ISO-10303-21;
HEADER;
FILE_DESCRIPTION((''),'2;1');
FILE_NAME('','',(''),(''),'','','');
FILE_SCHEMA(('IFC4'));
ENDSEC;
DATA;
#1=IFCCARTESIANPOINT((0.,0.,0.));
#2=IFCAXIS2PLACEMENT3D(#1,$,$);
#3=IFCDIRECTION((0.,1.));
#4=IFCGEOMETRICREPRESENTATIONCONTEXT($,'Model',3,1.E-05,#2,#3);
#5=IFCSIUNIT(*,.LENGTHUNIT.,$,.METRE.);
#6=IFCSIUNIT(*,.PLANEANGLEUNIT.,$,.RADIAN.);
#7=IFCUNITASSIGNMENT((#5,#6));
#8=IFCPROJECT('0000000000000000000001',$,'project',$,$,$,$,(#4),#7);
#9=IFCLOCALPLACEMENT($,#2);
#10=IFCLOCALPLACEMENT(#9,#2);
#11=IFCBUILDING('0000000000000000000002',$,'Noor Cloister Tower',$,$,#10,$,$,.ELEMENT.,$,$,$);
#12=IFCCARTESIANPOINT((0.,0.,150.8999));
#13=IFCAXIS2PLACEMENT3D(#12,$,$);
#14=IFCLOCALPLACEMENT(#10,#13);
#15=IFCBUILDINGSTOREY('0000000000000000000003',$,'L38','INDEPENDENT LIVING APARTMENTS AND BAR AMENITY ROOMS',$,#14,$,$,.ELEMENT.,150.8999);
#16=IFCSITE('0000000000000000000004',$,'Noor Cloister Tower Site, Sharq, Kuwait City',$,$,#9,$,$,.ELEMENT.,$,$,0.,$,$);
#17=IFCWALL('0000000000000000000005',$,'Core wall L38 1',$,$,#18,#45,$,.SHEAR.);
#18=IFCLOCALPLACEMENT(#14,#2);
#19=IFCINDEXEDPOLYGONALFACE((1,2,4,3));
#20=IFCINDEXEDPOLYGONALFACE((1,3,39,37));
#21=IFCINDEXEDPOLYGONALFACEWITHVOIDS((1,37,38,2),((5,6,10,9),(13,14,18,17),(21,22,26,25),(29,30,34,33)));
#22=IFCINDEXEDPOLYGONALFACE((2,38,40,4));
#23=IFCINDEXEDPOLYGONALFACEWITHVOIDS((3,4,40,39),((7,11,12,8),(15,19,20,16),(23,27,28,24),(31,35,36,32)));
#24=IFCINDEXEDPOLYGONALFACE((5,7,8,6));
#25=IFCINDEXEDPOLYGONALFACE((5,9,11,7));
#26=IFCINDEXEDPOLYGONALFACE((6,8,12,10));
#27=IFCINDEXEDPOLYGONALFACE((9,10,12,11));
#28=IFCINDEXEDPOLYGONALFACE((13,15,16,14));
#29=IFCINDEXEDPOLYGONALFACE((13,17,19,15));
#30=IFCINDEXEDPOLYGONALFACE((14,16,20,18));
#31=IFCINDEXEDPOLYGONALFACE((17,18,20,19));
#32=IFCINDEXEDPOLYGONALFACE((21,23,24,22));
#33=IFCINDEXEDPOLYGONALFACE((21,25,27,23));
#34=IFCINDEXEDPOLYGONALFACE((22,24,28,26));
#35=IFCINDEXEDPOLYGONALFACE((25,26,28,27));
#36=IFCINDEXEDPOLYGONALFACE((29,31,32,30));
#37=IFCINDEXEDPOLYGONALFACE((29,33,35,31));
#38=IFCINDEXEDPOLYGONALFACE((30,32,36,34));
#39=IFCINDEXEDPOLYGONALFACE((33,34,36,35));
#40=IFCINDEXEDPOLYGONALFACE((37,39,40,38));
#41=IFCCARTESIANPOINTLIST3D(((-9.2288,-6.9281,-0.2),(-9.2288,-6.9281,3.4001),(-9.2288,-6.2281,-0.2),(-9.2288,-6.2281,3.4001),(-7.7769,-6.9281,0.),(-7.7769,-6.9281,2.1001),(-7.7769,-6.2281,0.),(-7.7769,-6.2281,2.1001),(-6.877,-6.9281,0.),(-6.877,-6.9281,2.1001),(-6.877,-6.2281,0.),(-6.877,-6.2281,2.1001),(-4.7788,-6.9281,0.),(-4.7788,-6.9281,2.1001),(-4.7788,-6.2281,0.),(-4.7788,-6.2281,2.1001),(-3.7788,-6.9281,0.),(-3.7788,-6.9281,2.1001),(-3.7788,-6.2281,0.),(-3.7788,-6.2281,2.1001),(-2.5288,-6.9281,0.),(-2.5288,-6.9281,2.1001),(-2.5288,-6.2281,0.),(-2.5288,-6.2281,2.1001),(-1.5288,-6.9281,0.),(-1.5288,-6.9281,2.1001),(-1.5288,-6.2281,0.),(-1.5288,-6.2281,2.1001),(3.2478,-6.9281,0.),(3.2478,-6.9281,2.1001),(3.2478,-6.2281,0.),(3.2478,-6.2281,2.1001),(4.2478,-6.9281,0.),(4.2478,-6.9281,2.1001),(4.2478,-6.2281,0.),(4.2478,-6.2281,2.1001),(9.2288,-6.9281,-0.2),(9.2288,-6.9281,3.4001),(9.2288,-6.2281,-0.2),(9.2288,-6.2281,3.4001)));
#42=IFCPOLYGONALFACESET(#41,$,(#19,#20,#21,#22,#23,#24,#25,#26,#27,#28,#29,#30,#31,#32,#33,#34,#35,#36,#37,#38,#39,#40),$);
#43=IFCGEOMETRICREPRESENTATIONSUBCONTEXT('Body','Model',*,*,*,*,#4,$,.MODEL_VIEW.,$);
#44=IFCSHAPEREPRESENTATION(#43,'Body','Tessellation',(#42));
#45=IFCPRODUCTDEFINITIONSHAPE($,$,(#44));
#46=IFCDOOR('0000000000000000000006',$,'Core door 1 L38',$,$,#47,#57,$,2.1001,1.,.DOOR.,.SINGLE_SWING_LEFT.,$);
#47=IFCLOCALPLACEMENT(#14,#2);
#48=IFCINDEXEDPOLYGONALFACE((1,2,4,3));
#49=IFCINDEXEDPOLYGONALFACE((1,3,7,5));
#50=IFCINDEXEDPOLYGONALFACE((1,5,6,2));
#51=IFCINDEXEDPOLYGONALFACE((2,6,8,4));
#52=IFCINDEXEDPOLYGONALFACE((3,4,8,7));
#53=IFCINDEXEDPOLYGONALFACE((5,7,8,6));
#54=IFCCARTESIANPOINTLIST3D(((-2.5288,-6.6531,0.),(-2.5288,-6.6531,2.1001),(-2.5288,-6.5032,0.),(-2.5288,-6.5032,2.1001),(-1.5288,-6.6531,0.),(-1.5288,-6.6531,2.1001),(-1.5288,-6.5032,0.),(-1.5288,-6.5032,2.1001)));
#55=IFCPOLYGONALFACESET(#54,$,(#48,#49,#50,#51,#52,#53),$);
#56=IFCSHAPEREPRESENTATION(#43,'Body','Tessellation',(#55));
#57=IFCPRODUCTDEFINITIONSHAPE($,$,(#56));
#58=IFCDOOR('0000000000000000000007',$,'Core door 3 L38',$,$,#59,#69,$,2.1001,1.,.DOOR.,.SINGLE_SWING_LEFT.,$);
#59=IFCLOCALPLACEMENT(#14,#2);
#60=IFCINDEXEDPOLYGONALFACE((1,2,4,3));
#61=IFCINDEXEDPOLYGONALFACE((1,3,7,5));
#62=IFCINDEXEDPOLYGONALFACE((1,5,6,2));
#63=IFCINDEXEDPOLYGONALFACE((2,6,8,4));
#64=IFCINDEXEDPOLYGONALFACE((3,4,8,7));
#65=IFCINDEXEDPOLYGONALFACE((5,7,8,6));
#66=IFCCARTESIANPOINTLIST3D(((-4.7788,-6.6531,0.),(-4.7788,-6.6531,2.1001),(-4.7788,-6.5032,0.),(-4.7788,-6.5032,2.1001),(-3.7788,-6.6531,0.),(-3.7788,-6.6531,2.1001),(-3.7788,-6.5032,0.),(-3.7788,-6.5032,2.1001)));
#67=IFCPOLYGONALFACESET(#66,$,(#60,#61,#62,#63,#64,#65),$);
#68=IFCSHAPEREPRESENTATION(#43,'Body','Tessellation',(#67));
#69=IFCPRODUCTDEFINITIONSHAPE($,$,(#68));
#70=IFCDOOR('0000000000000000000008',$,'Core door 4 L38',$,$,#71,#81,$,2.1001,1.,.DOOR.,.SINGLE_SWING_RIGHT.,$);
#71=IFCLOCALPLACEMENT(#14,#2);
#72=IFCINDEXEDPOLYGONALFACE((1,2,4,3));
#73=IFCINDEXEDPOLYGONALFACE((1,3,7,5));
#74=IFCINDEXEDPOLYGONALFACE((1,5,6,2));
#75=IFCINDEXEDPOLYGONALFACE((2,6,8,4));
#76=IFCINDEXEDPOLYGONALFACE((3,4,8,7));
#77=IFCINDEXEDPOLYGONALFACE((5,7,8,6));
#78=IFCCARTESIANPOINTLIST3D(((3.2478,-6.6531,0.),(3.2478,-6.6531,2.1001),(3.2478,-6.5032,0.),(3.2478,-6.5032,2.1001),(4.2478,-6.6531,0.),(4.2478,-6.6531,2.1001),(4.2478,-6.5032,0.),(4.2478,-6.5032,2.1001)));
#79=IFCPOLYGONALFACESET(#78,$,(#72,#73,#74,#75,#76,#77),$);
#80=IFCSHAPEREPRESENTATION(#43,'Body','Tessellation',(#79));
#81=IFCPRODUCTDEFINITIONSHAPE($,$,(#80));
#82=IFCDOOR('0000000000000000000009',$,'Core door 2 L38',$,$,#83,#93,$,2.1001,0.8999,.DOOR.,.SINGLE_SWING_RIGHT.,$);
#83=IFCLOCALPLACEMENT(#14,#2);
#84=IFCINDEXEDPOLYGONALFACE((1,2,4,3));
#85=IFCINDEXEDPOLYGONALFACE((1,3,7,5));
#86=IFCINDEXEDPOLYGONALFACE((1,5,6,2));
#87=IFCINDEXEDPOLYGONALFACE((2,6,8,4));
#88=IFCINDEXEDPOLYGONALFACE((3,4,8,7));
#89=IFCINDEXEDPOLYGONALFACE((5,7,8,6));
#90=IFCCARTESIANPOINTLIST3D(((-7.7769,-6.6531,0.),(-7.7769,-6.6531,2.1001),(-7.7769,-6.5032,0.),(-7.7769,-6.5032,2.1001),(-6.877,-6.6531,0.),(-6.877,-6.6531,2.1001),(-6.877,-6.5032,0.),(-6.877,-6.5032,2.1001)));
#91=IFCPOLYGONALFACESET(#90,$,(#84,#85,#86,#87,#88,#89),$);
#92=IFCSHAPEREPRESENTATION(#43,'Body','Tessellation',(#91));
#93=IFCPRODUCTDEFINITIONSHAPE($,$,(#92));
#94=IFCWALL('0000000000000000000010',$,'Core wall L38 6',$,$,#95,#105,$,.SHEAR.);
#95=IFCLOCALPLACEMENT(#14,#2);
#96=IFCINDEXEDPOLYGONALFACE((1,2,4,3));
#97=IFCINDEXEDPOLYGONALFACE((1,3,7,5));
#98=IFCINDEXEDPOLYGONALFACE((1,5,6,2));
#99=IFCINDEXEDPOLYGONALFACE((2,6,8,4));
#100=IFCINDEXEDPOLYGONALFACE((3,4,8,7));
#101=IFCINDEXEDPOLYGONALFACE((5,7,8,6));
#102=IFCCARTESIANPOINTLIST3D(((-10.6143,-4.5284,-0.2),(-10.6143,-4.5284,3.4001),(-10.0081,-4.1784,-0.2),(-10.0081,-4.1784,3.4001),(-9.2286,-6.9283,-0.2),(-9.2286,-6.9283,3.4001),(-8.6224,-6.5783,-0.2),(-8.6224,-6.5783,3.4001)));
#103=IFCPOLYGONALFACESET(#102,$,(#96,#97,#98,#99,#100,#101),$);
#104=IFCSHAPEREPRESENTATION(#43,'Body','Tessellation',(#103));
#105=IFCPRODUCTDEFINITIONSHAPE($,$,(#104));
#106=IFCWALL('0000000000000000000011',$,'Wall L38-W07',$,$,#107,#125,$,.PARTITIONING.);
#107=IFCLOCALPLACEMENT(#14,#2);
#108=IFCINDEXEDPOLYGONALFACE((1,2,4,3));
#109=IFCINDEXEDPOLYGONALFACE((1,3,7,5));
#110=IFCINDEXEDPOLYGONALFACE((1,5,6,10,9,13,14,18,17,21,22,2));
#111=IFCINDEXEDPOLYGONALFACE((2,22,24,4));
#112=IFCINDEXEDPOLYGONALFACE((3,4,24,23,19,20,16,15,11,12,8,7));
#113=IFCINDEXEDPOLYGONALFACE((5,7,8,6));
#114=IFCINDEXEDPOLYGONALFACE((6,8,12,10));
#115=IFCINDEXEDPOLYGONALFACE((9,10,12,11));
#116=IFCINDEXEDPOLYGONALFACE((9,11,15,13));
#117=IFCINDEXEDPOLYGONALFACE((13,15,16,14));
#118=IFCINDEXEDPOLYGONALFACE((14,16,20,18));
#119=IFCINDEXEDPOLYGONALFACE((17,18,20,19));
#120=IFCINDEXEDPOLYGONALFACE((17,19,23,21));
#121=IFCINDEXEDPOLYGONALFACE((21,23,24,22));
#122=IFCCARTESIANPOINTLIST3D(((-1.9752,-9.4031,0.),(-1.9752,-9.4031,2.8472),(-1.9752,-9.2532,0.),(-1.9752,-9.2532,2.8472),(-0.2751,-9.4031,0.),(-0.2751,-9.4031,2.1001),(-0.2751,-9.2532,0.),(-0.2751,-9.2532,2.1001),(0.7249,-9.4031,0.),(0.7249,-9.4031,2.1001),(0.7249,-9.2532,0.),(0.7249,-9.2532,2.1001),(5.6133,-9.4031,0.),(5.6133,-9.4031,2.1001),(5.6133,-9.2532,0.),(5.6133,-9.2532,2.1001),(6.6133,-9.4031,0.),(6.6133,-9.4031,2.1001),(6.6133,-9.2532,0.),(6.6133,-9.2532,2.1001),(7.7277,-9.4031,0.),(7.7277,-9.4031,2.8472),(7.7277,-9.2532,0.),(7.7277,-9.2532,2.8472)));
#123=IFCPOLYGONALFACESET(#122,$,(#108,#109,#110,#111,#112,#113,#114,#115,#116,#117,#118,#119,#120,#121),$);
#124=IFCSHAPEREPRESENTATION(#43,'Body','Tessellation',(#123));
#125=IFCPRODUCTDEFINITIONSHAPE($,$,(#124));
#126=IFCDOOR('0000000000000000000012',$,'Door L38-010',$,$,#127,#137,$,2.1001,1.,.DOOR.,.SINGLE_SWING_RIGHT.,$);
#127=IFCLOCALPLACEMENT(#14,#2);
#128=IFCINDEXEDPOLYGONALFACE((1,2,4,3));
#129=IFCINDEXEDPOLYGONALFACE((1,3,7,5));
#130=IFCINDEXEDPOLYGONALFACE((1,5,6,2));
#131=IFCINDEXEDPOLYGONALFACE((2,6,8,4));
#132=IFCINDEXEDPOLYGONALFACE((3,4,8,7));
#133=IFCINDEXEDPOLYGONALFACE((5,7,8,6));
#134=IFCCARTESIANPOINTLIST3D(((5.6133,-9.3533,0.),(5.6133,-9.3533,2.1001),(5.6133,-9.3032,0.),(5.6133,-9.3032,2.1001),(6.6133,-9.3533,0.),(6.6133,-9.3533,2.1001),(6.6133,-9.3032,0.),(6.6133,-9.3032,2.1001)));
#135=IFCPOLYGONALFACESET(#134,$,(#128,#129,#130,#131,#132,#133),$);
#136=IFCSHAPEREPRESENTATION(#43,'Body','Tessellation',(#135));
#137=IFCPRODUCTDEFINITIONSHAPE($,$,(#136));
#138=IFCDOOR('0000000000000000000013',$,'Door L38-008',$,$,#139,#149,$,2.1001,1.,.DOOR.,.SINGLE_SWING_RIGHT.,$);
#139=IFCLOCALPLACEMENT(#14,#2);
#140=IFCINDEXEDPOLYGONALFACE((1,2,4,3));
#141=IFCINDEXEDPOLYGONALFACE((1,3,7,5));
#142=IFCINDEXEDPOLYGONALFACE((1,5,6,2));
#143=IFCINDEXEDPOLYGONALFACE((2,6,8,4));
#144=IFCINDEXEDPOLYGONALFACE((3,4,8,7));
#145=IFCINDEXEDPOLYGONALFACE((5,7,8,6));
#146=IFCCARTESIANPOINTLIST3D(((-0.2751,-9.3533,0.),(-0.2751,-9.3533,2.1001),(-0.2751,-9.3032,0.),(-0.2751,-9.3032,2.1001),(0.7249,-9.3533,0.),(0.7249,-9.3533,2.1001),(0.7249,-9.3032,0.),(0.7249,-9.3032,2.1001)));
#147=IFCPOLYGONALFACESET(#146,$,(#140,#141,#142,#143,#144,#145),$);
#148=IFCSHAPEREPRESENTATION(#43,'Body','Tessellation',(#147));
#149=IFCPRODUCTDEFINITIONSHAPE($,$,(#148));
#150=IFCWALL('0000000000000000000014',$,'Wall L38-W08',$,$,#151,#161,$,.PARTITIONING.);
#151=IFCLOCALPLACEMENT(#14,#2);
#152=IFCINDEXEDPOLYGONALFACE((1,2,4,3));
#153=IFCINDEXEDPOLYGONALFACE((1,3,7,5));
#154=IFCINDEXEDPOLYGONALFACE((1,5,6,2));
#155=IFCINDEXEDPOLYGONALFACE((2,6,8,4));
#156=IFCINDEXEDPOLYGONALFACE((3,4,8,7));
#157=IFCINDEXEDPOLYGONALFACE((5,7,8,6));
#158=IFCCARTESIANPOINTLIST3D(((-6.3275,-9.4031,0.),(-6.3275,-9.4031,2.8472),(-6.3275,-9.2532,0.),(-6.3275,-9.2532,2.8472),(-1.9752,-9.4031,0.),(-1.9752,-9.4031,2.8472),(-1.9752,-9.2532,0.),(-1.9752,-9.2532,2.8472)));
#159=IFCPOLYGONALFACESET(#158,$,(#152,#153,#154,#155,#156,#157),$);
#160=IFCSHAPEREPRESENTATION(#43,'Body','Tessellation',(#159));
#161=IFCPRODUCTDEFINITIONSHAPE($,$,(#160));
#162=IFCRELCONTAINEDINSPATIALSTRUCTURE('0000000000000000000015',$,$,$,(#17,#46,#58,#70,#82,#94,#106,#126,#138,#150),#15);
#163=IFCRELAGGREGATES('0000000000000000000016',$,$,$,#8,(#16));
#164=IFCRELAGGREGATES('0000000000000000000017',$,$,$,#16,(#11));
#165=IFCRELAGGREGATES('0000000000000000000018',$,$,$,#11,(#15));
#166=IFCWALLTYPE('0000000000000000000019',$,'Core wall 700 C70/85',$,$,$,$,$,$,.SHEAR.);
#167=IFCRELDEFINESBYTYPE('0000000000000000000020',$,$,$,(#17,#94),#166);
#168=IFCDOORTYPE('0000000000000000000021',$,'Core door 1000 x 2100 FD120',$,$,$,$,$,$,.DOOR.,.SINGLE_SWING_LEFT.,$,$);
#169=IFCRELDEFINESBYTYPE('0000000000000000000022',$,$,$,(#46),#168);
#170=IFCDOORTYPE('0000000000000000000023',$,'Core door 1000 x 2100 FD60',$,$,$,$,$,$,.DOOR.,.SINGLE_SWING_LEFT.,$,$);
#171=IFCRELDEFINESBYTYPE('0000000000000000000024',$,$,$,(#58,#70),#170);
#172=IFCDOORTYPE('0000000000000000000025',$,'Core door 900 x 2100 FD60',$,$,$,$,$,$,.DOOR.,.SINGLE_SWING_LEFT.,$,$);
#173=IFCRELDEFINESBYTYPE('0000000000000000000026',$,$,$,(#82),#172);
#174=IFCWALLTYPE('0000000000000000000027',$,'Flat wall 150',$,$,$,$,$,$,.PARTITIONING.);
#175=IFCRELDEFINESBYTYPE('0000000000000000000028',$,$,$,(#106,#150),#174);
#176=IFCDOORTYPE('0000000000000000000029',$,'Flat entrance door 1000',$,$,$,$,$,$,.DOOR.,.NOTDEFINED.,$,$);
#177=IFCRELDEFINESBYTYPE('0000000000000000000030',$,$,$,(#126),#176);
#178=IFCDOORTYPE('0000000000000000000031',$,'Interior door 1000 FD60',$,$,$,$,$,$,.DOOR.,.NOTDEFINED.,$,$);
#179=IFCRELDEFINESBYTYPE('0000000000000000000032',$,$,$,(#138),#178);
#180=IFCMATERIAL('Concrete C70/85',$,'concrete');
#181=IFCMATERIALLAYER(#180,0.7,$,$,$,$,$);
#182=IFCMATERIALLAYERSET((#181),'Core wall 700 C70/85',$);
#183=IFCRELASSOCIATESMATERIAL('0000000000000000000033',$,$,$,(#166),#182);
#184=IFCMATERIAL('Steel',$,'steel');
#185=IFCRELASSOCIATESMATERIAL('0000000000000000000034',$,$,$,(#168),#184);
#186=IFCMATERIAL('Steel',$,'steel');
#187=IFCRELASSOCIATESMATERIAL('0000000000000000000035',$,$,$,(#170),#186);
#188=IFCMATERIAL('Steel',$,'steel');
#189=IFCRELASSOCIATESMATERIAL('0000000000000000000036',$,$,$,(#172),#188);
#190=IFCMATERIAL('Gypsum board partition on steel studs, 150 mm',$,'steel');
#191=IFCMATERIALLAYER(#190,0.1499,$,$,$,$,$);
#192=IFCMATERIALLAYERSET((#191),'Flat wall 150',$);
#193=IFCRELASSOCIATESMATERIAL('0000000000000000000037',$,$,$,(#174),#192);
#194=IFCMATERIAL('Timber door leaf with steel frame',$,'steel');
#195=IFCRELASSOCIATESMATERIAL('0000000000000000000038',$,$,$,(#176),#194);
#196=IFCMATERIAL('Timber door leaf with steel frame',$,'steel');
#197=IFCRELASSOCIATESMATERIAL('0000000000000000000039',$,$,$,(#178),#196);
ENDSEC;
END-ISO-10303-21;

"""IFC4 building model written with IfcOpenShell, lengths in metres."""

from ifc_helpers import new_model, si_unit, direction, frame, frame_2d, origin, place, context, subcontext, project, spatial, rectangle, extrude, material, layer, layer_set, type_object, element, fill, save


model = new_model("IFC4")

# Units and contexts
model_context = context("Model", 3, precision=1e-05, world=origin(), true_north=direction((0.0, 1.0)))
body_context = subcontext(model_context, "Body", "Model", "MODEL_VIEW")
ifc_project = project(units=[si_unit("LENGTHUNIT", "METRE"), si_unit("PLANEANGLEUNIT", "RADIAN")], contexts=[model_context])

# Site, building, storey
site_placement = place(None, origin())
site = spatial("IfcSite", under=ifc_project, at=site_placement, Name="Noor Cloister Tower Site, Sharq, Kuwait City", CompositionType="ELEMENT", RefElevation=0.0)
building_placement = place(site_placement, origin())
building = spatial("IfcBuilding", under=site, at=building_placement, Name="Noor Cloister Tower", CompositionType="ELEMENT")
storey_placement = place(building_placement, frame((0.0, 0.0, 150.8999)))
storey = spatial("IfcBuildingStorey", under=building, at=storey_placement, Name="L38", Description="INDEPENDENT LIVING APARTMENTS AND BAR AMENITY ROOMS", CompositionType="ELEMENT", Elevation=150.8999)

# Wall, openings, doors
ifc_material_1 = material(Name="Concrete C70/85", Category="concrete")
ifc_layer_1 = layer(ifc_material_1, 0.7)
ifc_layer_set_1 = layer_set([ifc_layer_1], Name="Core wall 700 C70/85")
wall_type_1 = type_object("IfcWallType", Name="Core wall 700 C70/85", PredefinedType="SHEAR", material=ifc_layer_set_1)
wall_1_placement = place(storey_placement, frame((-9.2288, -6.5781, -0.2), z_axis=(0.0, 0.0, 1.0), x_axis=(1.0, 0.0, 0.0)))
wall_1 = element("IfcWall", 1, at=wall_1_placement, inside=storey, type_object=wall_type_1, Name="Core wall L38 1", PredefinedType="SHEAR", context=body_context, shape_type="SweptSolid", body=[
    extrude(rectangle(XDim=18.4575, YDim=0.7, at=frame_2d((9.2288, 0.0))), origin(), (0.0, 0.0, 1.0), 3.6001),
])
opening_1_placement = place(wall_1_placement, frame((6.7, 0.0, 0.2)))
opening_1 = element("IfcOpeningElement", 2, at=opening_1_placement, cuts=wall_1, PredefinedType="OPENING", context=body_context, shape_type="SweptSolid", body=[
    extrude(rectangle(XDim=1.0, YDim=2.1001, at=frame_2d((0.5, 1.05))), frame((0.0, 0.3599, 0.0), z_axis=(0.0, -1.0, 0.0), x_axis=(1.0, 0.0, 0.0)), (0.0, 0.0, 1.0), 0.72),
])
opening_2_placement = place(wall_1_placement, frame((1.4519, 0.0, 0.2)))
opening_2 = element("IfcOpeningElement", 3, at=opening_2_placement, cuts=wall_1, PredefinedType="OPENING", context=body_context, shape_type="SweptSolid", body=[
    extrude(rectangle(XDim=0.8999, YDim=2.1001, at=frame_2d((0.45, 1.05))), frame((0.0, 0.3599, 0.0), z_axis=(0.0, -1.0, 0.0), x_axis=(1.0, 0.0, 0.0)), (0.0, 0.0, 1.0), 0.72),
])
opening_3_placement = place(wall_1_placement, frame((4.45, 0.0, 0.2)))
opening_3 = element("IfcOpeningElement", 4, at=opening_3_placement, cuts=wall_1, PredefinedType="OPENING", context=body_context, shape_type="SweptSolid", body=[
    extrude(rectangle(XDim=1.0, YDim=2.1001, at=frame_2d((0.5, 1.05))), frame((0.0, 0.3599, 0.0), z_axis=(0.0, -1.0, 0.0), x_axis=(1.0, 0.0, 0.0)), (0.0, 0.0, 1.0), 0.72),
])
opening_4_placement = place(wall_1_placement, frame((12.4766, 0.0, 0.2)))
opening_4 = element("IfcOpeningElement", 5, at=opening_4_placement, cuts=wall_1, PredefinedType="OPENING", context=body_context, shape_type="SweptSolid", body=[
    extrude(rectangle(XDim=1.0, YDim=2.1001, at=frame_2d((0.5, 1.05))), frame((0.0, 0.3599, 0.0), z_axis=(0.0, -1.0, 0.0), x_axis=(1.0, 0.0, 0.0)), (0.0, 0.0, 1.0), 0.72),
])
ifc_material_2 = material(Name="Steel", Category="steel")
door_type_1 = type_object("IfcDoorType", Name="Core door 1000 x 2100 FD120", OperationType="SINGLE_SWING_LEFT", PredefinedType="DOOR", material=ifc_material_2)
door_1_placement = place(opening_1_placement, origin())
door_1 = element("IfcDoor", 6, at=door_1_placement, inside=storey, type_object=door_type_1, Name="Core door 1 L38", OperationType="SINGLE_SWING_LEFT", OverallHeight=2.1001, OverallWidth=1.0, PredefinedType="DOOR", context=body_context, shape_type="SweptSolid", body=[
    extrude(rectangle(XDim=1.0, YDim=2.1001, at=frame_2d((0.5, 1.05))), frame((0.0, 0.075, 0.0), z_axis=(0.0, -1.0, 0.0), x_axis=(1.0, 0.0, 0.0)), (0.0, 0.0, 1.0), 0.1499),
])
fill(opening_1, door_1)
ifc_material_3 = material(Name="Steel", Category="steel")
door_type_2 = type_object("IfcDoorType", Name="Core door 1000 x 2100 FD60", OperationType="SINGLE_SWING_LEFT", PredefinedType="DOOR", material=ifc_material_3)
door_2_placement = place(opening_3_placement, origin())
door_2 = element("IfcDoor", 7, at=door_2_placement, inside=storey, type_object=door_type_2, Name="Core door 3 L38", OperationType="SINGLE_SWING_LEFT", OverallHeight=2.1001, OverallWidth=1.0, PredefinedType="DOOR", context=body_context, shape_type="SweptSolid", body=[
    extrude(rectangle(XDim=1.0, YDim=2.1001, at=frame_2d((0.5, 1.05))), frame((0.0, 0.075, 0.0), z_axis=(0.0, -1.0, 0.0), x_axis=(1.0, 0.0, 0.0)), (0.0, 0.0, 1.0), 0.1499),
])
fill(opening_3, door_2)
door_3_placement = place(opening_4_placement, origin())
door_3 = element("IfcDoor", 8, at=door_3_placement, inside=storey, type_object=door_type_2, Name="Core door 4 L38", OperationType="SINGLE_SWING_RIGHT", OverallHeight=2.1001, OverallWidth=1.0, PredefinedType="DOOR", context=body_context, shape_type="SweptSolid", body=[
    extrude(rectangle(XDim=1.0, YDim=2.1001, at=frame_2d((0.5, 1.05))), frame((0.0, 0.075, 0.0), z_axis=(0.0, -1.0, 0.0), x_axis=(1.0, 0.0, 0.0)), (0.0, 0.0, 1.0), 0.1499),
])
fill(opening_4, door_3)
ifc_material_4 = material(Name="Steel", Category="steel")
door_type_3 = type_object("IfcDoorType", Name="Core door 900 x 2100 FD60", OperationType="SINGLE_SWING_LEFT", PredefinedType="DOOR", material=ifc_material_4)
door_4_placement = place(opening_2_placement, origin())
door_4 = element("IfcDoor", 9, at=door_4_placement, inside=storey, type_object=door_type_3, Name="Core door 2 L38", OperationType="SINGLE_SWING_RIGHT", OverallHeight=2.1001, OverallWidth=0.8999, PredefinedType="DOOR", context=body_context, shape_type="SweptSolid", body=[
    extrude(rectangle(XDim=0.8999, YDim=2.1001, at=frame_2d((0.45, 1.05))), frame((0.0, 0.075, 0.0), z_axis=(0.0, -1.0, 0.0), x_axis=(1.0, 0.0, 0.0)), (0.0, 0.0, 1.0), 0.1499),
])
fill(opening_2, door_4)

# Wall
wall_2_placement = place(storey_placement, frame((-10.3113, -4.3533, -0.2), z_axis=(0.0, 0.0, 1.0), x_axis=(0.500043, -0.866001, 0.0)))
element("IfcWall", 10, at=wall_2_placement, inside=storey, type_object=wall_type_1, Name="Core wall L38 6", PredefinedType="SHEAR", context=body_context, shape_type="SweptSolid", body=[
    extrude(rectangle(XDim=2.7712, YDim=0.7, at=frame_2d((1.3857, 0.0))), origin(), (0.0, 0.0, 1.0), 3.6001),
])

# Wall, openings, doors
ifc_material_5 = material(Name="Gypsum board partition on steel studs, 150 mm", Category="steel")
ifc_layer_2 = layer(ifc_material_5, 0.1499)
ifc_layer_set_2 = layer_set([ifc_layer_2], Name="Flat wall 150")
wall_type_2 = type_object("IfcWallType", Name="Flat wall 150", PredefinedType="PARTITIONING", material=ifc_layer_set_2)
wall_3_placement = place(storey_placement, frame((-1.9753, -9.3281, 0.0), z_axis=(0.0, 0.0, 1.0), x_axis=(1.0, 0.0, 0.0)))
wall_3 = element("IfcWall", 11, at=wall_3_placement, inside=storey, type_object=wall_type_2, Name="Wall L38-W07", PredefinedType="PARTITIONING", context=body_context, shape_type="SweptSolid", body=[
    extrude(rectangle(XDim=9.7029, YDim=0.1499, at=frame_2d((4.8516, 0.0))), origin(), (0.0, 0.0, 1.0), 2.8472),
])
opening_5_placement = place(wall_3_placement, frame((1.7002, 0.0, 0.0)))
opening_5 = element("IfcOpeningElement", 12, at=opening_5_placement, cuts=wall_3, PredefinedType="OPENING", context=body_context, shape_type="SweptSolid", body=[
    extrude(rectangle(XDim=1.0, YDim=2.1001, at=frame_2d((0.5, 1.05))), frame((0.0, 0.085, 0.0), z_axis=(0.0, -1.0, 0.0), x_axis=(1.0, 0.0, 0.0)), (0.0, 0.0, 1.0), 0.1699),
])
opening_6_placement = place(wall_3_placement, frame((7.5886, 0.0, 0.0)))
opening_6 = element("IfcOpeningElement", 13, at=opening_6_placement, cuts=wall_3, PredefinedType="OPENING", context=body_context, shape_type="SweptSolid", body=[
    extrude(rectangle(XDim=1.0, YDim=2.1001, at=frame_2d((0.5, 1.05))), frame((0.0, 0.085, 0.0), z_axis=(0.0, -1.0, 0.0), x_axis=(1.0, 0.0, 0.0)), (0.0, 0.0, 1.0), 0.1699),
])
ifc_material_6 = material(Name="Timber door leaf with steel frame", Category="steel")
door_type_4 = type_object("IfcDoorType", Name="Flat entrance door 1000", OperationType="NOTDEFINED", PredefinedType="DOOR", material=ifc_material_6)
door_5_placement = place(opening_6_placement, origin())
door_5 = element("IfcDoor", 14, at=door_5_placement, inside=storey, type_object=door_type_4, Name="Door L38-010", OperationType="SINGLE_SWING_RIGHT", OverallHeight=2.1001, OverallWidth=1.0, PredefinedType="DOOR", context=body_context, shape_type="SweptSolid", body=[
    extrude(rectangle(XDim=1.0, YDim=2.1001, at=frame_2d((0.5, 1.05))), frame((0.0, 0.0249, 0.0), z_axis=(0.0, -1.0, 0.0), x_axis=(1.0, 0.0, 0.0)), (0.0, 0.0, 1.0), 0.05),
])
fill(opening_6, door_5)
ifc_material_7 = material(Name="Timber door leaf with steel frame", Category="steel")
door_type_5 = type_object("IfcDoorType", Name="Interior door 1000 FD60", OperationType="NOTDEFINED", PredefinedType="DOOR", material=ifc_material_7)
door_6_placement = place(opening_5_placement, origin())
door_6 = element("IfcDoor", 15, at=door_6_placement, inside=storey, type_object=door_type_5, Name="Door L38-008", OperationType="SINGLE_SWING_RIGHT", OverallHeight=2.1001, OverallWidth=1.0, PredefinedType="DOOR", context=body_context, shape_type="SweptSolid", body=[
    extrude(rectangle(XDim=1.0, YDim=2.1001, at=frame_2d((0.5, 1.05))), frame((0.0, 0.0249, 0.0), z_axis=(0.0, -1.0, 0.0), x_axis=(1.0, 0.0, 0.0)), (0.0, 0.0, 1.0), 0.05),
])
fill(opening_5, door_6)

# Wall
wall_4_placement = place(storey_placement, frame((-6.3276, -9.3281, 0.0), z_axis=(0.0, 0.0, 1.0), x_axis=(1.0, 0.0, 0.0)))
element("IfcWall", 16, at=wall_4_placement, inside=storey, type_object=wall_type_2, Name="Wall L38-W08", PredefinedType="PARTITIONING", context=body_context, shape_type="SweptSolid", body=[
    extrude(rectangle(XDim=4.3523, YDim=0.1499, at=frame_2d((2.1763, 0.0))), origin(), (0.0, 0.0, 1.0), 2.8472),
])

save(model, "model.ifc")
